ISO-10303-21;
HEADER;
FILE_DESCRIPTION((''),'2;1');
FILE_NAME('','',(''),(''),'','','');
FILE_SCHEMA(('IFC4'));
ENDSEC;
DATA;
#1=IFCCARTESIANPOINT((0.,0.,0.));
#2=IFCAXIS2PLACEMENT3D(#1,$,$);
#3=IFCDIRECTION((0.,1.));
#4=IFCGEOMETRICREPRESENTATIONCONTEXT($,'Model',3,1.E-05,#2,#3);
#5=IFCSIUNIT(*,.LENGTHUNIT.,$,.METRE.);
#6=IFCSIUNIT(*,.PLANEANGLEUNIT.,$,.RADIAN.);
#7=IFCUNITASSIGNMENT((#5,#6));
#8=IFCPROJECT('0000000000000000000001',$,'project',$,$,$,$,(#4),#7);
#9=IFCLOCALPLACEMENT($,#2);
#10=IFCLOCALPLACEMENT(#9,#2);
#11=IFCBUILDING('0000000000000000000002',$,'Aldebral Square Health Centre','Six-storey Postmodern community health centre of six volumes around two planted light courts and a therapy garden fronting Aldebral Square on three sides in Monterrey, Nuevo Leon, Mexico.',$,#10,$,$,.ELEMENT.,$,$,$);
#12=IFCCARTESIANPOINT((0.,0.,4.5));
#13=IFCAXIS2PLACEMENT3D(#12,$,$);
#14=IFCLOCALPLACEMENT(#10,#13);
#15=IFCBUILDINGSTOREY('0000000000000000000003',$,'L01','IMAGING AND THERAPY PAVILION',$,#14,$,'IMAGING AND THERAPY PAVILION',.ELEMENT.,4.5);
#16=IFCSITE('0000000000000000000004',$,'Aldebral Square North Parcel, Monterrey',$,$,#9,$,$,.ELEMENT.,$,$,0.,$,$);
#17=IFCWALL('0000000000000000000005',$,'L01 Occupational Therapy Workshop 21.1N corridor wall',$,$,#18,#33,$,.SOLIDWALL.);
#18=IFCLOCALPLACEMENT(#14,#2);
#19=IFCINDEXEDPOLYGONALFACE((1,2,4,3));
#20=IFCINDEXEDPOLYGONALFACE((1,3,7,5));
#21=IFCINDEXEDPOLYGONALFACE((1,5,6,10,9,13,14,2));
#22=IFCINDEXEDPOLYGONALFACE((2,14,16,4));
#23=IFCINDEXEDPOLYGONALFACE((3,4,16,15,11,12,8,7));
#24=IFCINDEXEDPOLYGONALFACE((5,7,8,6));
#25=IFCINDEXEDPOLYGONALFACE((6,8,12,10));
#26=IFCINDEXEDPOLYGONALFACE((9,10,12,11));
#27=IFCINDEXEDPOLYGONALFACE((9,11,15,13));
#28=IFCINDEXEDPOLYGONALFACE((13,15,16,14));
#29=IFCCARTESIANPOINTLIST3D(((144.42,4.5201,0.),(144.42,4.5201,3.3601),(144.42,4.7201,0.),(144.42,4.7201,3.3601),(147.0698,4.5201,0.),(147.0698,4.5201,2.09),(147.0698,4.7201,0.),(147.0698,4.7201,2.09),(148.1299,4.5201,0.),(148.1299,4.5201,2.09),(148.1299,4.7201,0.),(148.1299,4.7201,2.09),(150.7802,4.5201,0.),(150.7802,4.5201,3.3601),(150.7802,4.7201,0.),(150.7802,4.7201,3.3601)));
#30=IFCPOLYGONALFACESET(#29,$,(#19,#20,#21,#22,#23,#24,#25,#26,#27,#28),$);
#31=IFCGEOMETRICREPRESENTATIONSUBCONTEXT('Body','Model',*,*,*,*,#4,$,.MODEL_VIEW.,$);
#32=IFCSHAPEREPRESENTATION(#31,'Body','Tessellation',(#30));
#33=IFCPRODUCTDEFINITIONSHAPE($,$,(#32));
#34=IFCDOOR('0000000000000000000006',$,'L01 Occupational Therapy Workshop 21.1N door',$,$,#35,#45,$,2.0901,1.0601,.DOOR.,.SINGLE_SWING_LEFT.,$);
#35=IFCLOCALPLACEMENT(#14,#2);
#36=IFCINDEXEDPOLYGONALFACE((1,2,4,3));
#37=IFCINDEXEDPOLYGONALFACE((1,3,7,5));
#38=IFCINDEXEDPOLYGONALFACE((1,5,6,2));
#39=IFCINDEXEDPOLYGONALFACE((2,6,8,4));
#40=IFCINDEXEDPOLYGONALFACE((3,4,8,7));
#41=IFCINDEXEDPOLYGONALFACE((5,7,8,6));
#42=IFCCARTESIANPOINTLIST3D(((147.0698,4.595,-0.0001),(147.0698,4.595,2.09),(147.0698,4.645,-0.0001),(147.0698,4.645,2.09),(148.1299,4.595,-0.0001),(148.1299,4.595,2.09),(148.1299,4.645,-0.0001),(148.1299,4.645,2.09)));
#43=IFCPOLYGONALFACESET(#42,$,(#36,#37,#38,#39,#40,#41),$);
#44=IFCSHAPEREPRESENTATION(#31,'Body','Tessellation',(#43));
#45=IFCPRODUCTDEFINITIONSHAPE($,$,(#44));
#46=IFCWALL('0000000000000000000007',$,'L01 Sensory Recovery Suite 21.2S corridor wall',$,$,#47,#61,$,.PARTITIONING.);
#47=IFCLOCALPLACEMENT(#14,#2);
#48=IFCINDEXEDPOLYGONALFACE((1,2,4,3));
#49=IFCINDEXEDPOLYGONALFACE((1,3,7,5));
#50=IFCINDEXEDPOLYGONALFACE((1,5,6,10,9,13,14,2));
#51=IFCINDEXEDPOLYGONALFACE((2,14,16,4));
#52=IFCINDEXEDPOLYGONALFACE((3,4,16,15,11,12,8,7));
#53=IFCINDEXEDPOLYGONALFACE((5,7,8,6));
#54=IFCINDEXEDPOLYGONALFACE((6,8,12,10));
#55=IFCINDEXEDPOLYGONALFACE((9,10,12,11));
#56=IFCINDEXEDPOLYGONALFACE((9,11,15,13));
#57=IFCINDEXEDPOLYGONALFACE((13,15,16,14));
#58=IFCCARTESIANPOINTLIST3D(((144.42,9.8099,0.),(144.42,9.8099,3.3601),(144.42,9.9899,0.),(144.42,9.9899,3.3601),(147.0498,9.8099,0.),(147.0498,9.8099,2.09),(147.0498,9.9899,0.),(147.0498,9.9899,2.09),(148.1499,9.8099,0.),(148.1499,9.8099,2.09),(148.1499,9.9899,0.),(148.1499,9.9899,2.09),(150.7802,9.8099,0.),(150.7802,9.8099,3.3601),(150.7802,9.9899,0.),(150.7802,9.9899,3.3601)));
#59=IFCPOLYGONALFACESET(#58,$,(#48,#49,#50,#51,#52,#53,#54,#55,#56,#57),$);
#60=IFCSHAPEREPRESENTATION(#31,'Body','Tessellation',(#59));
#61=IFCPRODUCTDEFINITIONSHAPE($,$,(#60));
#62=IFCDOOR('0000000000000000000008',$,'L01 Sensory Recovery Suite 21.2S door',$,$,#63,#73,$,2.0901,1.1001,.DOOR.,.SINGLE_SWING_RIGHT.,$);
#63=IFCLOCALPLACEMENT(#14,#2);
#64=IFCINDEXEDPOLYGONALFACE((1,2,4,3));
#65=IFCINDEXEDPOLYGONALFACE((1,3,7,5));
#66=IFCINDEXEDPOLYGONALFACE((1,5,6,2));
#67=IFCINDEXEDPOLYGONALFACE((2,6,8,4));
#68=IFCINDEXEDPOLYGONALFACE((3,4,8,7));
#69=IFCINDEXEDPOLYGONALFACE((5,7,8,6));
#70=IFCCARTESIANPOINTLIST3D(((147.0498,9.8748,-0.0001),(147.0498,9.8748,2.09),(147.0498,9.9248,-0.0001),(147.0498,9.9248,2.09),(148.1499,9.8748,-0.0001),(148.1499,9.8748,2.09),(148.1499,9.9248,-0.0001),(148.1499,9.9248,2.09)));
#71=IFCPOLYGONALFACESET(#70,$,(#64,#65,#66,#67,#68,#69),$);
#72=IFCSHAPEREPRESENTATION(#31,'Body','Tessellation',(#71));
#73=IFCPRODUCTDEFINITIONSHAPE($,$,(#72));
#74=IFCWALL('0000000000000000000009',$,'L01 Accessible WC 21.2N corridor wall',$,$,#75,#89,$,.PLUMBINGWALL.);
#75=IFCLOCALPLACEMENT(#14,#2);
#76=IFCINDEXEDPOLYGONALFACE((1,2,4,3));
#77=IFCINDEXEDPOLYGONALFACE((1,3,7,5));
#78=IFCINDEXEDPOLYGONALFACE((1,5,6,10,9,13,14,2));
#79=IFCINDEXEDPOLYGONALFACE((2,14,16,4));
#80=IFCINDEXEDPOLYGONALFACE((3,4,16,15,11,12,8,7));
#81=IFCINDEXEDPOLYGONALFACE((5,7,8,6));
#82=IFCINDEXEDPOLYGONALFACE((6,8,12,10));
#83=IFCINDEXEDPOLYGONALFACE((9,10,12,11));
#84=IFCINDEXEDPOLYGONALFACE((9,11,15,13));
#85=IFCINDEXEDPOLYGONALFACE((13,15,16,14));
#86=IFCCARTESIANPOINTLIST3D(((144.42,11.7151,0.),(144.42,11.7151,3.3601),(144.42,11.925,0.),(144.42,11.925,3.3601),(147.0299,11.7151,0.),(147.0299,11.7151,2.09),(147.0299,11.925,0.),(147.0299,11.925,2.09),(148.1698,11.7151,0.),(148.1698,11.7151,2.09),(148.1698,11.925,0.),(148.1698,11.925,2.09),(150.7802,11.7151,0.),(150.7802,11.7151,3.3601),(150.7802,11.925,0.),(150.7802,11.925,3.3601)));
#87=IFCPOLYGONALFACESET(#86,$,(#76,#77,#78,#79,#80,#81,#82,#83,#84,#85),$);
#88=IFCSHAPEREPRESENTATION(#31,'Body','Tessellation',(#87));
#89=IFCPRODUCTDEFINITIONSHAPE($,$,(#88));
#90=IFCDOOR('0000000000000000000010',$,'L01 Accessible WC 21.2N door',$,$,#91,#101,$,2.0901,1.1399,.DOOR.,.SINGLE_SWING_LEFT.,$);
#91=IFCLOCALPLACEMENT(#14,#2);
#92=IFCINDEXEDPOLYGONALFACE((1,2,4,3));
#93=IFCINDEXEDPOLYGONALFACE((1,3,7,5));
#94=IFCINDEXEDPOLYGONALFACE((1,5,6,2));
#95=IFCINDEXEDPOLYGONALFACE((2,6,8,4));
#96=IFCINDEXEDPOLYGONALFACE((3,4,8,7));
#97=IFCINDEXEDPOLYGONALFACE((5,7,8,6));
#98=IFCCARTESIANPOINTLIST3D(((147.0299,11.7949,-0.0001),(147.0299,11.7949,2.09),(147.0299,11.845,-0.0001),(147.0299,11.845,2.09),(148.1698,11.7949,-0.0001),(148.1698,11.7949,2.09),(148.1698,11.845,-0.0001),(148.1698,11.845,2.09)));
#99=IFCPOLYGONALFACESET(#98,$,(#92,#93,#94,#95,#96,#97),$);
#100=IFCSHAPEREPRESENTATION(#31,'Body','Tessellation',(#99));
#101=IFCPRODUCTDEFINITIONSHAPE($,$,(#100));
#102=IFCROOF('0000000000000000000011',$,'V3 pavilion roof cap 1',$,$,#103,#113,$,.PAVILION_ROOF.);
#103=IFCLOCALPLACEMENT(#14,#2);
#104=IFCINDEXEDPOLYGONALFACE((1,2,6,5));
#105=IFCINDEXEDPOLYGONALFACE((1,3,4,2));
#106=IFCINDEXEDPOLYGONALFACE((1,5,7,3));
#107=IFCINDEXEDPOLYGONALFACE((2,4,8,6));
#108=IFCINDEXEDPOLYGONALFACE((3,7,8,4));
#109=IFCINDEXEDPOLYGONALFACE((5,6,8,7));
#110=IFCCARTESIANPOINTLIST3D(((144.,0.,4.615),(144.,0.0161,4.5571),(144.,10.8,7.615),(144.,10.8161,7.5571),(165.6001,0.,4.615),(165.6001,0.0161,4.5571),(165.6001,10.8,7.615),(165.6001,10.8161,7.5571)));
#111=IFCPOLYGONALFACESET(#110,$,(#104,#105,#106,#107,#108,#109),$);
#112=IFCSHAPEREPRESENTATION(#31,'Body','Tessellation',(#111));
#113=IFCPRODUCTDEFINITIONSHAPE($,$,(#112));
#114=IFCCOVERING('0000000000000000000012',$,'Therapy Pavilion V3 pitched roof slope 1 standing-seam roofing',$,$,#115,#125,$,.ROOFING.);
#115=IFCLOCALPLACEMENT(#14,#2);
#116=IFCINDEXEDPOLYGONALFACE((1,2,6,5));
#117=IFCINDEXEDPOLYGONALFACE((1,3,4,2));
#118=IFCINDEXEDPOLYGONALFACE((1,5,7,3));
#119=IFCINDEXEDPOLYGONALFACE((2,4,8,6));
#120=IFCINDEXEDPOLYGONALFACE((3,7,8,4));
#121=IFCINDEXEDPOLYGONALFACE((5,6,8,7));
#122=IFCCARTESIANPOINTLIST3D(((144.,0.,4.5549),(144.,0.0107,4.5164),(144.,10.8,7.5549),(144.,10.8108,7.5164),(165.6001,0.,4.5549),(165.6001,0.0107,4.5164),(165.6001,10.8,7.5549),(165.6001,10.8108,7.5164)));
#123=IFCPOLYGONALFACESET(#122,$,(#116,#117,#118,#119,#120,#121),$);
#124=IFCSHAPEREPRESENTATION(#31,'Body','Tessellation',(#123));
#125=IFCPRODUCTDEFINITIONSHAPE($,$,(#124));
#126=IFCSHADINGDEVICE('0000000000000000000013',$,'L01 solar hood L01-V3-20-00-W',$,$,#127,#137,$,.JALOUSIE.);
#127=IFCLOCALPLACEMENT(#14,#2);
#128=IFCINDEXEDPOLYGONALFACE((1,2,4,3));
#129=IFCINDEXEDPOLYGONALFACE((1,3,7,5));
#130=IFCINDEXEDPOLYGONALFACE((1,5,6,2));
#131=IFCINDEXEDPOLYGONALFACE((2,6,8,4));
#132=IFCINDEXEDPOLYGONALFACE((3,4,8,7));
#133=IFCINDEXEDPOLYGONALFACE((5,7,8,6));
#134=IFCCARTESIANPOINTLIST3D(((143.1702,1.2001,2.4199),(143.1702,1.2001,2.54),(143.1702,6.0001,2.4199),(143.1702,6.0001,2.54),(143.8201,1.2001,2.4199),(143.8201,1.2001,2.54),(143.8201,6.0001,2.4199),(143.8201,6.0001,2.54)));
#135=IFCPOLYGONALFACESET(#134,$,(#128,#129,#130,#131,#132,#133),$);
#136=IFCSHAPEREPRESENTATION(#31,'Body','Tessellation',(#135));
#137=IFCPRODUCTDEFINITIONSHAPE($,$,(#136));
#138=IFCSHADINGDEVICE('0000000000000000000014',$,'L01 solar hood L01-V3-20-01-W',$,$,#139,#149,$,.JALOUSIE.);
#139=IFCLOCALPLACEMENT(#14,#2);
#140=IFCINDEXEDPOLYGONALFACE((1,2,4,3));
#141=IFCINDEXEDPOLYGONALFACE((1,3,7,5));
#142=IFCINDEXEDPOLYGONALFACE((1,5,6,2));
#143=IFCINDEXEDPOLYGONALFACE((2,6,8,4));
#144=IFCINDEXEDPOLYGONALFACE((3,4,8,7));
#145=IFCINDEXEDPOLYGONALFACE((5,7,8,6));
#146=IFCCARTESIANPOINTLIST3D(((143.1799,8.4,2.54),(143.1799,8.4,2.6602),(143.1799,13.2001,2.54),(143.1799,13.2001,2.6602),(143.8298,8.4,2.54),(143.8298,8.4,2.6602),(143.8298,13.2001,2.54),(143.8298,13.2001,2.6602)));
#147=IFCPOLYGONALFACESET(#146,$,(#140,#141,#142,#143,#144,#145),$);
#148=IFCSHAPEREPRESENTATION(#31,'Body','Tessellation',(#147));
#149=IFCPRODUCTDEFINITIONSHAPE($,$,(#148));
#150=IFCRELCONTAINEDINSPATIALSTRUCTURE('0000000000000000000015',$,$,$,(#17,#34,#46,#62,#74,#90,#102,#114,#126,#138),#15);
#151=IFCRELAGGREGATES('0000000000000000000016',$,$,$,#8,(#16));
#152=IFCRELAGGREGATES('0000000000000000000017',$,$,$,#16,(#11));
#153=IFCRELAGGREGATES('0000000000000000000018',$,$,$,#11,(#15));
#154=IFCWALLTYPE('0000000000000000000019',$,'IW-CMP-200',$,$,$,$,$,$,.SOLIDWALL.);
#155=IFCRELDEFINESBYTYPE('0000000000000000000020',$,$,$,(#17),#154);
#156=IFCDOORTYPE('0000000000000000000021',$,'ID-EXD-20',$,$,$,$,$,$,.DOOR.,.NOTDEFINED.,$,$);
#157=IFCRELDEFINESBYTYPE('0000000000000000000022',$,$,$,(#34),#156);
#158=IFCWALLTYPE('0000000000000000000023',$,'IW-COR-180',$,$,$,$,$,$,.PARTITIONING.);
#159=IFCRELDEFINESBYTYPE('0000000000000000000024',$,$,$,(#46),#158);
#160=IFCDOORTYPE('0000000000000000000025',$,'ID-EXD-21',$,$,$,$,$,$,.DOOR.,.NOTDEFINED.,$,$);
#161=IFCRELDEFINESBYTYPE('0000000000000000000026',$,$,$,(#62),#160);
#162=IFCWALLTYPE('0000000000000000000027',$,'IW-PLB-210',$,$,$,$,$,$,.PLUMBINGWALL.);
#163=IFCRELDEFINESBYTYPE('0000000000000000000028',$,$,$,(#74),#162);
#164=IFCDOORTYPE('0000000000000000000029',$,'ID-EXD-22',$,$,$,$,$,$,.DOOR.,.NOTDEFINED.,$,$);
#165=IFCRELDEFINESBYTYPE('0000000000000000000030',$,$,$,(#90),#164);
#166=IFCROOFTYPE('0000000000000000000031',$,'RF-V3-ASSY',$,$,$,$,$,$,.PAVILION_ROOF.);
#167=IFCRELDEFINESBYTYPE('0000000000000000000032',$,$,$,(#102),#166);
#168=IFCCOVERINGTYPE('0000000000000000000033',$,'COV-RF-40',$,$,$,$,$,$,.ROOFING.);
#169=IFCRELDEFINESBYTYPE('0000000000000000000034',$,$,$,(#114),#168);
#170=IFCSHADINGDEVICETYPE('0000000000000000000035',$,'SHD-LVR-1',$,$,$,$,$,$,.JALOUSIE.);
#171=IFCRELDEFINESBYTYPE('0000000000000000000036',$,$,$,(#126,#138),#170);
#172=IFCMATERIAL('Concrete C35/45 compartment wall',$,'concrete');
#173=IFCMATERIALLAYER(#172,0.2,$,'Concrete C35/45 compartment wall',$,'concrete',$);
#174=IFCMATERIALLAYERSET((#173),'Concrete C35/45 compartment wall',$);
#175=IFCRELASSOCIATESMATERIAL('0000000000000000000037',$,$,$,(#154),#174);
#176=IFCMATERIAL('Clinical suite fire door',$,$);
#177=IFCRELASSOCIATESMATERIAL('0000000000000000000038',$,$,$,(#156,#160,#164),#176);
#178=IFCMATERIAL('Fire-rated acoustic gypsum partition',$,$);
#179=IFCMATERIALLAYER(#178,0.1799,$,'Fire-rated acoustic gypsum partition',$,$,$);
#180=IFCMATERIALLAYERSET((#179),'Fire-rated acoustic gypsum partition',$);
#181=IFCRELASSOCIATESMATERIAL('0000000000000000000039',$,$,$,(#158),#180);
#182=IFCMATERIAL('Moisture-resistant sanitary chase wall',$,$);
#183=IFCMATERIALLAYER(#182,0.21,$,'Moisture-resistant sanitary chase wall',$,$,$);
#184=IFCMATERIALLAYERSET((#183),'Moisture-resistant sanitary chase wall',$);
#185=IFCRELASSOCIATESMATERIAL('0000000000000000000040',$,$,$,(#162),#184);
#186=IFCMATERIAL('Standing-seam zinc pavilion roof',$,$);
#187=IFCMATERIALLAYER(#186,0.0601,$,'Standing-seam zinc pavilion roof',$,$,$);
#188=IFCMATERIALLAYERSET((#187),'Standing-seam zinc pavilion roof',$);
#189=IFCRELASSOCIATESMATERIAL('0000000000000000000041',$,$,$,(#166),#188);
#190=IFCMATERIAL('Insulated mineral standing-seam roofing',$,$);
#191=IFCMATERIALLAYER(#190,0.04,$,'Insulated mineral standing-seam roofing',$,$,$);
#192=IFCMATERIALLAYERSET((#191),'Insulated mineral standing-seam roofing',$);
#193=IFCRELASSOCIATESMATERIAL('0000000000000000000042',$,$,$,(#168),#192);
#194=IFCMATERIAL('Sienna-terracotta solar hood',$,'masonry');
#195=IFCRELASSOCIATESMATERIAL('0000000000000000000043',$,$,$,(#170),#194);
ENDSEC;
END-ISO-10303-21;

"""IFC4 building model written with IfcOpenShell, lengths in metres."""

from ifc_helpers import new_model, si_unit, direction, frame, frame_2d, origin, origin_2d, place, context, subcontext, project, spatial, polyline, rectangle, outline, extrude, material, layer, layer_set, type_object, element, fill, save


model = new_model("IFC4")

# Units and contexts
model_context = context("Model", 3, precision=1e-05, world=origin(), true_north=direction((0.0, 1.0)))
body_context = subcontext(model_context, "Body", "Model", "MODEL_VIEW")
ifc_project = project(units=[si_unit("LENGTHUNIT", "METRE"), si_unit("PLANEANGLEUNIT", "RADIAN")], contexts=[model_context])

# Site, building, storey
site_placement = place(None, origin())
site = spatial("IfcSite", under=ifc_project, at=site_placement, Name="Aldebral Square North Parcel, Monterrey", CompositionType="ELEMENT", RefElevation=0.0)
building_placement = place(site_placement, origin())
building = spatial("IfcBuilding", under=site, at=building_placement, Name="Aldebral Square Health Centre", Description="Six-storey Postmodern community health centre of six volumes around two planted light courts and a therapy garden fronting Aldebral Square on three sides in Monterrey, Nuevo Leon, Mexico.", CompositionType="ELEMENT")
storey_placement = place(building_placement, frame((0.0, 0.0, 4.5)))
storey = spatial("IfcBuildingStorey", under=building, at=storey_placement, Name="L01", Description="IMAGING AND THERAPY PAVILION", LongName="IMAGING AND THERAPY PAVILION", CompositionType="ELEMENT", Elevation=4.5)

# Walls, openings, doors
ifc_material_1 = material(Name="Concrete C35/45 compartment wall", Category="concrete")
ifc_layer_1 = layer(ifc_material_1, 0.2, Name="Concrete C35/45 compartment wall", Category="concrete")
ifc_layer_set_1 = layer_set([ifc_layer_1], Name="Concrete C35/45 compartment wall")
wall_type_1 = type_object("IfcWallType", Name="IW-CMP-200", PredefinedType="SOLIDWALL", material=ifc_layer_set_1)
ifc_material_2 = material(Name="Clinical suite fire door")
wall_1_placement = place(storey_placement, frame((144.4199, 4.6201, 0.0), z_axis=(0.0, 0.0, 1.0), x_axis=(1.0, 0.0, 0.0)))
wall_1 = element("IfcWall", 1, at=wall_1_placement, inside=storey, type_object=wall_type_1, Name="L01 Occupational Therapy Workshop 21.1N corridor wall", PredefinedType="SOLIDWALL", context=body_context, shape_type="SweptSolid", body=[
    extrude(rectangle(XDim=6.3601, YDim=0.2, at=frame_2d((3.1802, 0.0))), origin(), (0.0, 0.0, 1.0), 3.3601),
])
opening_1_placement = place(wall_1_placement, frame((2.6499, 0.0, 0.0)))
opening_1 = element("IfcOpeningElement", 2, at=opening_1_placement, cuts=wall_1, PredefinedType="OPENING", context=body_context, shape_type="SweptSolid", body=[
    extrude(rectangle(XDim=1.0601, YDim=2.0901, at=frame_2d((0.53, 1.0449))), frame((0.0, 0.1099, 0.0), z_axis=(0.0, -1.0, 0.0), x_axis=(1.0, 0.0, 0.0)), (0.0, 0.0, 1.0), 0.22),
])
door_type_1 = type_object("IfcDoorType", Name="ID-EXD-20", OperationType="NOTDEFINED", PredefinedType="DOOR", material=ifc_material_2)
door_1_placement = place(opening_1_placement, origin())
door_1 = element("IfcDoor", 3, at=door_1_placement, inside=storey, type_object=door_type_1, Name="L01 Occupational Therapy Workshop 21.1N door", OperationType="SINGLE_SWING_LEFT", OverallHeight=2.0901, OverallWidth=1.0601, PredefinedType="DOOR", context=body_context, shape_type="SweptSolid", body=[
    extrude(rectangle(XDim=1.0601, YDim=2.0901, at=frame_2d((0.53, 1.0449))), frame((0.0, 0.0249, 0.0), z_axis=(0.0, -1.0, 0.0), x_axis=(1.0, 0.0, 0.0)), (0.0, 0.0, 1.0), 0.05),
])
fill(opening_1, door_1)
ifc_material_3 = material(Name="Fire-rated acoustic gypsum partition")
ifc_layer_2 = layer(ifc_material_3, 0.1799, Name="Fire-rated acoustic gypsum partition")
ifc_layer_set_2 = layer_set([ifc_layer_2], Name="Fire-rated acoustic gypsum partition")
wall_type_2 = type_object("IfcWallType", Name="IW-COR-180", PredefinedType="PARTITIONING", material=ifc_layer_set_2)
wall_2_placement = place(storey_placement, frame((144.4199, 9.8999, 0.0), z_axis=(0.0, 0.0, 1.0), x_axis=(1.0, 0.0, 0.0)))
wall_2 = element("IfcWall", 4, at=wall_2_placement, inside=storey, type_object=wall_type_2, Name="L01 Sensory Recovery Suite 21.2S corridor wall", PredefinedType="PARTITIONING", context=body_context, shape_type="SweptSolid", body=[
    extrude(rectangle(XDim=6.3601, YDim=0.1799, at=frame_2d((3.1802, 0.0))), origin(), (0.0, 0.0, 1.0), 3.3601),
])
opening_2_placement = place(wall_2_placement, frame((2.6299, 0.0, 0.0)))
opening_2 = element("IfcOpeningElement", 5, at=opening_2_placement, cuts=wall_2, PredefinedType="OPENING", context=body_context, shape_type="SweptSolid", body=[
    extrude(rectangle(XDim=1.1001, YDim=2.0901, at=frame_2d((0.55, 1.0449))), frame((0.0, 0.1001, 0.0), z_axis=(0.0, -1.0, 0.0), x_axis=(1.0, 0.0, 0.0)), (0.0, 0.0, 1.0), 0.2),
])
door_type_2 = type_object("IfcDoorType", Name="ID-EXD-21", OperationType="NOTDEFINED", PredefinedType="DOOR", material=ifc_material_2)
door_2_placement = place(opening_2_placement, origin())
door_2 = element("IfcDoor", 6, at=door_2_placement, inside=storey, type_object=door_type_2, Name="L01 Sensory Recovery Suite 21.2S door", OperationType="SINGLE_SWING_RIGHT", OverallHeight=2.0901, OverallWidth=1.1001, PredefinedType="DOOR", context=body_context, shape_type="SweptSolid", body=[
    extrude(rectangle(XDim=1.1001, YDim=2.0901, at=frame_2d((0.55, 1.0449))), frame((0.0, 0.0249, 0.0), z_axis=(0.0, -1.0, 0.0), x_axis=(1.0, 0.0, 0.0)), (0.0, 0.0, 1.0), 0.05),
])
fill(opening_2, door_2)
ifc_material_4 = material(Name="Moisture-resistant sanitary chase wall")
ifc_layer_3 = layer(ifc_material_4, 0.21, Name="Moisture-resistant sanitary chase wall")
ifc_layer_set_3 = layer_set([ifc_layer_3], Name="Moisture-resistant sanitary chase wall")
wall_type_3 = type_object("IfcWallType", Name="IW-PLB-210", PredefinedType="PLUMBINGWALL", material=ifc_layer_set_3)
wall_3_placement = place(storey_placement, frame((144.4199, 11.8201, 0.0), z_axis=(0.0, 0.0, 1.0), x_axis=(1.0, 0.0, 0.0)))
wall_3 = element("IfcWall", 7, at=wall_3_placement, inside=storey, type_object=wall_type_3, Name="L01 Accessible WC 21.2N corridor wall", PredefinedType="PLUMBINGWALL", context=body_context, shape_type="SweptSolid", body=[
    extrude(rectangle(XDim=6.3601, YDim=0.21, at=frame_2d((3.1802, 0.0))), origin(), (0.0, 0.0, 1.0), 3.3601),
])
opening_3_placement = place(wall_3_placement, frame((2.6101, 0.0, 0.0)))
opening_3 = element("IfcOpeningElement", 8, at=opening_3_placement, cuts=wall_3, PredefinedType="OPENING", context=body_context, shape_type="SweptSolid", body=[
    extrude(rectangle(XDim=1.1399, YDim=2.0901, at=frame_2d((0.5698, 1.0449))), frame((0.0, 0.115, 0.0), z_axis=(0.0, -1.0, 0.0), x_axis=(1.0, 0.0, 0.0)), (0.0, 0.0, 1.0), 0.23),
])
door_type_3 = type_object("IfcDoorType", Name="ID-EXD-22", OperationType="NOTDEFINED", PredefinedType="DOOR", material=ifc_material_2)
door_3_placement = place(opening_3_placement, origin())
door_3 = element("IfcDoor", 9, at=door_3_placement, inside=storey, type_object=door_type_3, Name="L01 Accessible WC 21.2N door", OperationType="SINGLE_SWING_LEFT", OverallHeight=2.0901, OverallWidth=1.1399, PredefinedType="DOOR", context=body_context, shape_type="SweptSolid", body=[
    extrude(rectangle(XDim=1.1399, YDim=2.0901, at=frame_2d((0.5698, 1.0449))), frame((0.0, 0.0249, 0.0), z_axis=(0.0, -1.0, 0.0), x_axis=(1.0, 0.0, 0.0)), (0.0, 0.0, 1.0), 0.05),
])
fill(opening_3, door_3)

# Roof
ifc_material_5 = material(Name="Standing-seam zinc pavilion roof")
ifc_layer_4 = layer(ifc_material_5, 0.0601, Name="Standing-seam zinc pavilion roof")
ifc_layer_set_4 = layer_set([ifc_layer_4], Name="Standing-seam zinc pavilion roof")
roof_type = type_object("IfcRoofType", Name="RF-V3-ASSY", PredefinedType="PAVILION_ROOF", material=ifc_layer_set_4)
roof_placement = place(storey_placement, frame((144.0, 0.0, 4.615), z_axis=(0.0, -0.267643, 0.963518), x_axis=(1.0, 0.0, 0.0)))
element("IfcRoof", 10, at=roof_placement, inside=storey, type_object=roof_type, Name="V3 pavilion roof cap 1", PredefinedType="PAVILION_ROOF", context=body_context, shape_type="SweptSolid", body=[
    extrude(outline(polyline([(0.0, 0.0), (21.6001, 0.0), (21.6001, 11.209), (0.0, 11.209), (0.0, 0.0)])), origin(), (0.0, 0.0, -1.0), 0.0601),
])

# Covering
ifc_material_6 = material(Name="Insulated mineral standing-seam roofing")
ifc_layer_5 = layer(ifc_material_6, 0.04, Name="Insulated mineral standing-seam roofing")
ifc_layer_set_5 = layer_set([ifc_layer_5], Name="Insulated mineral standing-seam roofing")
covering_type = type_object("IfcCoveringType", Name="COV-RF-40", PredefinedType="ROOFING", material=ifc_layer_set_5)
covering_placement = place(storey_placement, frame((144.0, 0.0, 4.5549), z_axis=(0.0, -0.267643, 0.963518), x_axis=(1.0, 0.0, 0.0)))
element("IfcCovering", 11, at=covering_placement, inside=storey, type_object=covering_type, Name="Therapy Pavilion V3 pitched roof slope 1 standing-seam roofing", PredefinedType="ROOFING", context=body_context, shape_type="SweptSolid", body=[
    extrude(outline(polyline([(0.0, 0.0), (21.6001, 0.0), (21.6001, 11.209), (0.0, 11.209), (0.0, 0.0)])), origin(), (0.0, 0.0, -1.0), 0.04),
])

# Shading devices
ifc_material_7 = material(Name="Sienna-terracotta solar hood", Category="masonry")
shading_device_type = type_object("IfcShadingDeviceType", Name="SHD-LVR-1", PredefinedType="JALOUSIE", material=ifc_material_7)
for number, where, z_axis, x_axis, name in (
    (12, (143.4951, 3.6001, 2.4199), (0.0, 0.0, 1.0), (0.0, 1.0, 0.0), "L01 solar hood L01-V3-20-00-W"),
    (13, (143.5049, 10.8, 2.54), (0.0, 0.0, 1.0), (0.0, 1.0, 0.0), "L01 solar hood L01-V3-20-01-W"),
):
    element("IfcShadingDevice", number, at=place(storey_placement, frame(where, z_axis=z_axis, x_axis=x_axis)), inside=storey, type_object=shading_device_type, Name=name, PredefinedType="JALOUSIE", context=body_context, shape_type="SweptSolid", body=[
        extrude(rectangle(XDim=4.8, YDim=0.6499, at=origin_2d()), origin(), (0.0, 0.0, 1.0), 0.1201),
    ])

save(model, "model.ifc")
